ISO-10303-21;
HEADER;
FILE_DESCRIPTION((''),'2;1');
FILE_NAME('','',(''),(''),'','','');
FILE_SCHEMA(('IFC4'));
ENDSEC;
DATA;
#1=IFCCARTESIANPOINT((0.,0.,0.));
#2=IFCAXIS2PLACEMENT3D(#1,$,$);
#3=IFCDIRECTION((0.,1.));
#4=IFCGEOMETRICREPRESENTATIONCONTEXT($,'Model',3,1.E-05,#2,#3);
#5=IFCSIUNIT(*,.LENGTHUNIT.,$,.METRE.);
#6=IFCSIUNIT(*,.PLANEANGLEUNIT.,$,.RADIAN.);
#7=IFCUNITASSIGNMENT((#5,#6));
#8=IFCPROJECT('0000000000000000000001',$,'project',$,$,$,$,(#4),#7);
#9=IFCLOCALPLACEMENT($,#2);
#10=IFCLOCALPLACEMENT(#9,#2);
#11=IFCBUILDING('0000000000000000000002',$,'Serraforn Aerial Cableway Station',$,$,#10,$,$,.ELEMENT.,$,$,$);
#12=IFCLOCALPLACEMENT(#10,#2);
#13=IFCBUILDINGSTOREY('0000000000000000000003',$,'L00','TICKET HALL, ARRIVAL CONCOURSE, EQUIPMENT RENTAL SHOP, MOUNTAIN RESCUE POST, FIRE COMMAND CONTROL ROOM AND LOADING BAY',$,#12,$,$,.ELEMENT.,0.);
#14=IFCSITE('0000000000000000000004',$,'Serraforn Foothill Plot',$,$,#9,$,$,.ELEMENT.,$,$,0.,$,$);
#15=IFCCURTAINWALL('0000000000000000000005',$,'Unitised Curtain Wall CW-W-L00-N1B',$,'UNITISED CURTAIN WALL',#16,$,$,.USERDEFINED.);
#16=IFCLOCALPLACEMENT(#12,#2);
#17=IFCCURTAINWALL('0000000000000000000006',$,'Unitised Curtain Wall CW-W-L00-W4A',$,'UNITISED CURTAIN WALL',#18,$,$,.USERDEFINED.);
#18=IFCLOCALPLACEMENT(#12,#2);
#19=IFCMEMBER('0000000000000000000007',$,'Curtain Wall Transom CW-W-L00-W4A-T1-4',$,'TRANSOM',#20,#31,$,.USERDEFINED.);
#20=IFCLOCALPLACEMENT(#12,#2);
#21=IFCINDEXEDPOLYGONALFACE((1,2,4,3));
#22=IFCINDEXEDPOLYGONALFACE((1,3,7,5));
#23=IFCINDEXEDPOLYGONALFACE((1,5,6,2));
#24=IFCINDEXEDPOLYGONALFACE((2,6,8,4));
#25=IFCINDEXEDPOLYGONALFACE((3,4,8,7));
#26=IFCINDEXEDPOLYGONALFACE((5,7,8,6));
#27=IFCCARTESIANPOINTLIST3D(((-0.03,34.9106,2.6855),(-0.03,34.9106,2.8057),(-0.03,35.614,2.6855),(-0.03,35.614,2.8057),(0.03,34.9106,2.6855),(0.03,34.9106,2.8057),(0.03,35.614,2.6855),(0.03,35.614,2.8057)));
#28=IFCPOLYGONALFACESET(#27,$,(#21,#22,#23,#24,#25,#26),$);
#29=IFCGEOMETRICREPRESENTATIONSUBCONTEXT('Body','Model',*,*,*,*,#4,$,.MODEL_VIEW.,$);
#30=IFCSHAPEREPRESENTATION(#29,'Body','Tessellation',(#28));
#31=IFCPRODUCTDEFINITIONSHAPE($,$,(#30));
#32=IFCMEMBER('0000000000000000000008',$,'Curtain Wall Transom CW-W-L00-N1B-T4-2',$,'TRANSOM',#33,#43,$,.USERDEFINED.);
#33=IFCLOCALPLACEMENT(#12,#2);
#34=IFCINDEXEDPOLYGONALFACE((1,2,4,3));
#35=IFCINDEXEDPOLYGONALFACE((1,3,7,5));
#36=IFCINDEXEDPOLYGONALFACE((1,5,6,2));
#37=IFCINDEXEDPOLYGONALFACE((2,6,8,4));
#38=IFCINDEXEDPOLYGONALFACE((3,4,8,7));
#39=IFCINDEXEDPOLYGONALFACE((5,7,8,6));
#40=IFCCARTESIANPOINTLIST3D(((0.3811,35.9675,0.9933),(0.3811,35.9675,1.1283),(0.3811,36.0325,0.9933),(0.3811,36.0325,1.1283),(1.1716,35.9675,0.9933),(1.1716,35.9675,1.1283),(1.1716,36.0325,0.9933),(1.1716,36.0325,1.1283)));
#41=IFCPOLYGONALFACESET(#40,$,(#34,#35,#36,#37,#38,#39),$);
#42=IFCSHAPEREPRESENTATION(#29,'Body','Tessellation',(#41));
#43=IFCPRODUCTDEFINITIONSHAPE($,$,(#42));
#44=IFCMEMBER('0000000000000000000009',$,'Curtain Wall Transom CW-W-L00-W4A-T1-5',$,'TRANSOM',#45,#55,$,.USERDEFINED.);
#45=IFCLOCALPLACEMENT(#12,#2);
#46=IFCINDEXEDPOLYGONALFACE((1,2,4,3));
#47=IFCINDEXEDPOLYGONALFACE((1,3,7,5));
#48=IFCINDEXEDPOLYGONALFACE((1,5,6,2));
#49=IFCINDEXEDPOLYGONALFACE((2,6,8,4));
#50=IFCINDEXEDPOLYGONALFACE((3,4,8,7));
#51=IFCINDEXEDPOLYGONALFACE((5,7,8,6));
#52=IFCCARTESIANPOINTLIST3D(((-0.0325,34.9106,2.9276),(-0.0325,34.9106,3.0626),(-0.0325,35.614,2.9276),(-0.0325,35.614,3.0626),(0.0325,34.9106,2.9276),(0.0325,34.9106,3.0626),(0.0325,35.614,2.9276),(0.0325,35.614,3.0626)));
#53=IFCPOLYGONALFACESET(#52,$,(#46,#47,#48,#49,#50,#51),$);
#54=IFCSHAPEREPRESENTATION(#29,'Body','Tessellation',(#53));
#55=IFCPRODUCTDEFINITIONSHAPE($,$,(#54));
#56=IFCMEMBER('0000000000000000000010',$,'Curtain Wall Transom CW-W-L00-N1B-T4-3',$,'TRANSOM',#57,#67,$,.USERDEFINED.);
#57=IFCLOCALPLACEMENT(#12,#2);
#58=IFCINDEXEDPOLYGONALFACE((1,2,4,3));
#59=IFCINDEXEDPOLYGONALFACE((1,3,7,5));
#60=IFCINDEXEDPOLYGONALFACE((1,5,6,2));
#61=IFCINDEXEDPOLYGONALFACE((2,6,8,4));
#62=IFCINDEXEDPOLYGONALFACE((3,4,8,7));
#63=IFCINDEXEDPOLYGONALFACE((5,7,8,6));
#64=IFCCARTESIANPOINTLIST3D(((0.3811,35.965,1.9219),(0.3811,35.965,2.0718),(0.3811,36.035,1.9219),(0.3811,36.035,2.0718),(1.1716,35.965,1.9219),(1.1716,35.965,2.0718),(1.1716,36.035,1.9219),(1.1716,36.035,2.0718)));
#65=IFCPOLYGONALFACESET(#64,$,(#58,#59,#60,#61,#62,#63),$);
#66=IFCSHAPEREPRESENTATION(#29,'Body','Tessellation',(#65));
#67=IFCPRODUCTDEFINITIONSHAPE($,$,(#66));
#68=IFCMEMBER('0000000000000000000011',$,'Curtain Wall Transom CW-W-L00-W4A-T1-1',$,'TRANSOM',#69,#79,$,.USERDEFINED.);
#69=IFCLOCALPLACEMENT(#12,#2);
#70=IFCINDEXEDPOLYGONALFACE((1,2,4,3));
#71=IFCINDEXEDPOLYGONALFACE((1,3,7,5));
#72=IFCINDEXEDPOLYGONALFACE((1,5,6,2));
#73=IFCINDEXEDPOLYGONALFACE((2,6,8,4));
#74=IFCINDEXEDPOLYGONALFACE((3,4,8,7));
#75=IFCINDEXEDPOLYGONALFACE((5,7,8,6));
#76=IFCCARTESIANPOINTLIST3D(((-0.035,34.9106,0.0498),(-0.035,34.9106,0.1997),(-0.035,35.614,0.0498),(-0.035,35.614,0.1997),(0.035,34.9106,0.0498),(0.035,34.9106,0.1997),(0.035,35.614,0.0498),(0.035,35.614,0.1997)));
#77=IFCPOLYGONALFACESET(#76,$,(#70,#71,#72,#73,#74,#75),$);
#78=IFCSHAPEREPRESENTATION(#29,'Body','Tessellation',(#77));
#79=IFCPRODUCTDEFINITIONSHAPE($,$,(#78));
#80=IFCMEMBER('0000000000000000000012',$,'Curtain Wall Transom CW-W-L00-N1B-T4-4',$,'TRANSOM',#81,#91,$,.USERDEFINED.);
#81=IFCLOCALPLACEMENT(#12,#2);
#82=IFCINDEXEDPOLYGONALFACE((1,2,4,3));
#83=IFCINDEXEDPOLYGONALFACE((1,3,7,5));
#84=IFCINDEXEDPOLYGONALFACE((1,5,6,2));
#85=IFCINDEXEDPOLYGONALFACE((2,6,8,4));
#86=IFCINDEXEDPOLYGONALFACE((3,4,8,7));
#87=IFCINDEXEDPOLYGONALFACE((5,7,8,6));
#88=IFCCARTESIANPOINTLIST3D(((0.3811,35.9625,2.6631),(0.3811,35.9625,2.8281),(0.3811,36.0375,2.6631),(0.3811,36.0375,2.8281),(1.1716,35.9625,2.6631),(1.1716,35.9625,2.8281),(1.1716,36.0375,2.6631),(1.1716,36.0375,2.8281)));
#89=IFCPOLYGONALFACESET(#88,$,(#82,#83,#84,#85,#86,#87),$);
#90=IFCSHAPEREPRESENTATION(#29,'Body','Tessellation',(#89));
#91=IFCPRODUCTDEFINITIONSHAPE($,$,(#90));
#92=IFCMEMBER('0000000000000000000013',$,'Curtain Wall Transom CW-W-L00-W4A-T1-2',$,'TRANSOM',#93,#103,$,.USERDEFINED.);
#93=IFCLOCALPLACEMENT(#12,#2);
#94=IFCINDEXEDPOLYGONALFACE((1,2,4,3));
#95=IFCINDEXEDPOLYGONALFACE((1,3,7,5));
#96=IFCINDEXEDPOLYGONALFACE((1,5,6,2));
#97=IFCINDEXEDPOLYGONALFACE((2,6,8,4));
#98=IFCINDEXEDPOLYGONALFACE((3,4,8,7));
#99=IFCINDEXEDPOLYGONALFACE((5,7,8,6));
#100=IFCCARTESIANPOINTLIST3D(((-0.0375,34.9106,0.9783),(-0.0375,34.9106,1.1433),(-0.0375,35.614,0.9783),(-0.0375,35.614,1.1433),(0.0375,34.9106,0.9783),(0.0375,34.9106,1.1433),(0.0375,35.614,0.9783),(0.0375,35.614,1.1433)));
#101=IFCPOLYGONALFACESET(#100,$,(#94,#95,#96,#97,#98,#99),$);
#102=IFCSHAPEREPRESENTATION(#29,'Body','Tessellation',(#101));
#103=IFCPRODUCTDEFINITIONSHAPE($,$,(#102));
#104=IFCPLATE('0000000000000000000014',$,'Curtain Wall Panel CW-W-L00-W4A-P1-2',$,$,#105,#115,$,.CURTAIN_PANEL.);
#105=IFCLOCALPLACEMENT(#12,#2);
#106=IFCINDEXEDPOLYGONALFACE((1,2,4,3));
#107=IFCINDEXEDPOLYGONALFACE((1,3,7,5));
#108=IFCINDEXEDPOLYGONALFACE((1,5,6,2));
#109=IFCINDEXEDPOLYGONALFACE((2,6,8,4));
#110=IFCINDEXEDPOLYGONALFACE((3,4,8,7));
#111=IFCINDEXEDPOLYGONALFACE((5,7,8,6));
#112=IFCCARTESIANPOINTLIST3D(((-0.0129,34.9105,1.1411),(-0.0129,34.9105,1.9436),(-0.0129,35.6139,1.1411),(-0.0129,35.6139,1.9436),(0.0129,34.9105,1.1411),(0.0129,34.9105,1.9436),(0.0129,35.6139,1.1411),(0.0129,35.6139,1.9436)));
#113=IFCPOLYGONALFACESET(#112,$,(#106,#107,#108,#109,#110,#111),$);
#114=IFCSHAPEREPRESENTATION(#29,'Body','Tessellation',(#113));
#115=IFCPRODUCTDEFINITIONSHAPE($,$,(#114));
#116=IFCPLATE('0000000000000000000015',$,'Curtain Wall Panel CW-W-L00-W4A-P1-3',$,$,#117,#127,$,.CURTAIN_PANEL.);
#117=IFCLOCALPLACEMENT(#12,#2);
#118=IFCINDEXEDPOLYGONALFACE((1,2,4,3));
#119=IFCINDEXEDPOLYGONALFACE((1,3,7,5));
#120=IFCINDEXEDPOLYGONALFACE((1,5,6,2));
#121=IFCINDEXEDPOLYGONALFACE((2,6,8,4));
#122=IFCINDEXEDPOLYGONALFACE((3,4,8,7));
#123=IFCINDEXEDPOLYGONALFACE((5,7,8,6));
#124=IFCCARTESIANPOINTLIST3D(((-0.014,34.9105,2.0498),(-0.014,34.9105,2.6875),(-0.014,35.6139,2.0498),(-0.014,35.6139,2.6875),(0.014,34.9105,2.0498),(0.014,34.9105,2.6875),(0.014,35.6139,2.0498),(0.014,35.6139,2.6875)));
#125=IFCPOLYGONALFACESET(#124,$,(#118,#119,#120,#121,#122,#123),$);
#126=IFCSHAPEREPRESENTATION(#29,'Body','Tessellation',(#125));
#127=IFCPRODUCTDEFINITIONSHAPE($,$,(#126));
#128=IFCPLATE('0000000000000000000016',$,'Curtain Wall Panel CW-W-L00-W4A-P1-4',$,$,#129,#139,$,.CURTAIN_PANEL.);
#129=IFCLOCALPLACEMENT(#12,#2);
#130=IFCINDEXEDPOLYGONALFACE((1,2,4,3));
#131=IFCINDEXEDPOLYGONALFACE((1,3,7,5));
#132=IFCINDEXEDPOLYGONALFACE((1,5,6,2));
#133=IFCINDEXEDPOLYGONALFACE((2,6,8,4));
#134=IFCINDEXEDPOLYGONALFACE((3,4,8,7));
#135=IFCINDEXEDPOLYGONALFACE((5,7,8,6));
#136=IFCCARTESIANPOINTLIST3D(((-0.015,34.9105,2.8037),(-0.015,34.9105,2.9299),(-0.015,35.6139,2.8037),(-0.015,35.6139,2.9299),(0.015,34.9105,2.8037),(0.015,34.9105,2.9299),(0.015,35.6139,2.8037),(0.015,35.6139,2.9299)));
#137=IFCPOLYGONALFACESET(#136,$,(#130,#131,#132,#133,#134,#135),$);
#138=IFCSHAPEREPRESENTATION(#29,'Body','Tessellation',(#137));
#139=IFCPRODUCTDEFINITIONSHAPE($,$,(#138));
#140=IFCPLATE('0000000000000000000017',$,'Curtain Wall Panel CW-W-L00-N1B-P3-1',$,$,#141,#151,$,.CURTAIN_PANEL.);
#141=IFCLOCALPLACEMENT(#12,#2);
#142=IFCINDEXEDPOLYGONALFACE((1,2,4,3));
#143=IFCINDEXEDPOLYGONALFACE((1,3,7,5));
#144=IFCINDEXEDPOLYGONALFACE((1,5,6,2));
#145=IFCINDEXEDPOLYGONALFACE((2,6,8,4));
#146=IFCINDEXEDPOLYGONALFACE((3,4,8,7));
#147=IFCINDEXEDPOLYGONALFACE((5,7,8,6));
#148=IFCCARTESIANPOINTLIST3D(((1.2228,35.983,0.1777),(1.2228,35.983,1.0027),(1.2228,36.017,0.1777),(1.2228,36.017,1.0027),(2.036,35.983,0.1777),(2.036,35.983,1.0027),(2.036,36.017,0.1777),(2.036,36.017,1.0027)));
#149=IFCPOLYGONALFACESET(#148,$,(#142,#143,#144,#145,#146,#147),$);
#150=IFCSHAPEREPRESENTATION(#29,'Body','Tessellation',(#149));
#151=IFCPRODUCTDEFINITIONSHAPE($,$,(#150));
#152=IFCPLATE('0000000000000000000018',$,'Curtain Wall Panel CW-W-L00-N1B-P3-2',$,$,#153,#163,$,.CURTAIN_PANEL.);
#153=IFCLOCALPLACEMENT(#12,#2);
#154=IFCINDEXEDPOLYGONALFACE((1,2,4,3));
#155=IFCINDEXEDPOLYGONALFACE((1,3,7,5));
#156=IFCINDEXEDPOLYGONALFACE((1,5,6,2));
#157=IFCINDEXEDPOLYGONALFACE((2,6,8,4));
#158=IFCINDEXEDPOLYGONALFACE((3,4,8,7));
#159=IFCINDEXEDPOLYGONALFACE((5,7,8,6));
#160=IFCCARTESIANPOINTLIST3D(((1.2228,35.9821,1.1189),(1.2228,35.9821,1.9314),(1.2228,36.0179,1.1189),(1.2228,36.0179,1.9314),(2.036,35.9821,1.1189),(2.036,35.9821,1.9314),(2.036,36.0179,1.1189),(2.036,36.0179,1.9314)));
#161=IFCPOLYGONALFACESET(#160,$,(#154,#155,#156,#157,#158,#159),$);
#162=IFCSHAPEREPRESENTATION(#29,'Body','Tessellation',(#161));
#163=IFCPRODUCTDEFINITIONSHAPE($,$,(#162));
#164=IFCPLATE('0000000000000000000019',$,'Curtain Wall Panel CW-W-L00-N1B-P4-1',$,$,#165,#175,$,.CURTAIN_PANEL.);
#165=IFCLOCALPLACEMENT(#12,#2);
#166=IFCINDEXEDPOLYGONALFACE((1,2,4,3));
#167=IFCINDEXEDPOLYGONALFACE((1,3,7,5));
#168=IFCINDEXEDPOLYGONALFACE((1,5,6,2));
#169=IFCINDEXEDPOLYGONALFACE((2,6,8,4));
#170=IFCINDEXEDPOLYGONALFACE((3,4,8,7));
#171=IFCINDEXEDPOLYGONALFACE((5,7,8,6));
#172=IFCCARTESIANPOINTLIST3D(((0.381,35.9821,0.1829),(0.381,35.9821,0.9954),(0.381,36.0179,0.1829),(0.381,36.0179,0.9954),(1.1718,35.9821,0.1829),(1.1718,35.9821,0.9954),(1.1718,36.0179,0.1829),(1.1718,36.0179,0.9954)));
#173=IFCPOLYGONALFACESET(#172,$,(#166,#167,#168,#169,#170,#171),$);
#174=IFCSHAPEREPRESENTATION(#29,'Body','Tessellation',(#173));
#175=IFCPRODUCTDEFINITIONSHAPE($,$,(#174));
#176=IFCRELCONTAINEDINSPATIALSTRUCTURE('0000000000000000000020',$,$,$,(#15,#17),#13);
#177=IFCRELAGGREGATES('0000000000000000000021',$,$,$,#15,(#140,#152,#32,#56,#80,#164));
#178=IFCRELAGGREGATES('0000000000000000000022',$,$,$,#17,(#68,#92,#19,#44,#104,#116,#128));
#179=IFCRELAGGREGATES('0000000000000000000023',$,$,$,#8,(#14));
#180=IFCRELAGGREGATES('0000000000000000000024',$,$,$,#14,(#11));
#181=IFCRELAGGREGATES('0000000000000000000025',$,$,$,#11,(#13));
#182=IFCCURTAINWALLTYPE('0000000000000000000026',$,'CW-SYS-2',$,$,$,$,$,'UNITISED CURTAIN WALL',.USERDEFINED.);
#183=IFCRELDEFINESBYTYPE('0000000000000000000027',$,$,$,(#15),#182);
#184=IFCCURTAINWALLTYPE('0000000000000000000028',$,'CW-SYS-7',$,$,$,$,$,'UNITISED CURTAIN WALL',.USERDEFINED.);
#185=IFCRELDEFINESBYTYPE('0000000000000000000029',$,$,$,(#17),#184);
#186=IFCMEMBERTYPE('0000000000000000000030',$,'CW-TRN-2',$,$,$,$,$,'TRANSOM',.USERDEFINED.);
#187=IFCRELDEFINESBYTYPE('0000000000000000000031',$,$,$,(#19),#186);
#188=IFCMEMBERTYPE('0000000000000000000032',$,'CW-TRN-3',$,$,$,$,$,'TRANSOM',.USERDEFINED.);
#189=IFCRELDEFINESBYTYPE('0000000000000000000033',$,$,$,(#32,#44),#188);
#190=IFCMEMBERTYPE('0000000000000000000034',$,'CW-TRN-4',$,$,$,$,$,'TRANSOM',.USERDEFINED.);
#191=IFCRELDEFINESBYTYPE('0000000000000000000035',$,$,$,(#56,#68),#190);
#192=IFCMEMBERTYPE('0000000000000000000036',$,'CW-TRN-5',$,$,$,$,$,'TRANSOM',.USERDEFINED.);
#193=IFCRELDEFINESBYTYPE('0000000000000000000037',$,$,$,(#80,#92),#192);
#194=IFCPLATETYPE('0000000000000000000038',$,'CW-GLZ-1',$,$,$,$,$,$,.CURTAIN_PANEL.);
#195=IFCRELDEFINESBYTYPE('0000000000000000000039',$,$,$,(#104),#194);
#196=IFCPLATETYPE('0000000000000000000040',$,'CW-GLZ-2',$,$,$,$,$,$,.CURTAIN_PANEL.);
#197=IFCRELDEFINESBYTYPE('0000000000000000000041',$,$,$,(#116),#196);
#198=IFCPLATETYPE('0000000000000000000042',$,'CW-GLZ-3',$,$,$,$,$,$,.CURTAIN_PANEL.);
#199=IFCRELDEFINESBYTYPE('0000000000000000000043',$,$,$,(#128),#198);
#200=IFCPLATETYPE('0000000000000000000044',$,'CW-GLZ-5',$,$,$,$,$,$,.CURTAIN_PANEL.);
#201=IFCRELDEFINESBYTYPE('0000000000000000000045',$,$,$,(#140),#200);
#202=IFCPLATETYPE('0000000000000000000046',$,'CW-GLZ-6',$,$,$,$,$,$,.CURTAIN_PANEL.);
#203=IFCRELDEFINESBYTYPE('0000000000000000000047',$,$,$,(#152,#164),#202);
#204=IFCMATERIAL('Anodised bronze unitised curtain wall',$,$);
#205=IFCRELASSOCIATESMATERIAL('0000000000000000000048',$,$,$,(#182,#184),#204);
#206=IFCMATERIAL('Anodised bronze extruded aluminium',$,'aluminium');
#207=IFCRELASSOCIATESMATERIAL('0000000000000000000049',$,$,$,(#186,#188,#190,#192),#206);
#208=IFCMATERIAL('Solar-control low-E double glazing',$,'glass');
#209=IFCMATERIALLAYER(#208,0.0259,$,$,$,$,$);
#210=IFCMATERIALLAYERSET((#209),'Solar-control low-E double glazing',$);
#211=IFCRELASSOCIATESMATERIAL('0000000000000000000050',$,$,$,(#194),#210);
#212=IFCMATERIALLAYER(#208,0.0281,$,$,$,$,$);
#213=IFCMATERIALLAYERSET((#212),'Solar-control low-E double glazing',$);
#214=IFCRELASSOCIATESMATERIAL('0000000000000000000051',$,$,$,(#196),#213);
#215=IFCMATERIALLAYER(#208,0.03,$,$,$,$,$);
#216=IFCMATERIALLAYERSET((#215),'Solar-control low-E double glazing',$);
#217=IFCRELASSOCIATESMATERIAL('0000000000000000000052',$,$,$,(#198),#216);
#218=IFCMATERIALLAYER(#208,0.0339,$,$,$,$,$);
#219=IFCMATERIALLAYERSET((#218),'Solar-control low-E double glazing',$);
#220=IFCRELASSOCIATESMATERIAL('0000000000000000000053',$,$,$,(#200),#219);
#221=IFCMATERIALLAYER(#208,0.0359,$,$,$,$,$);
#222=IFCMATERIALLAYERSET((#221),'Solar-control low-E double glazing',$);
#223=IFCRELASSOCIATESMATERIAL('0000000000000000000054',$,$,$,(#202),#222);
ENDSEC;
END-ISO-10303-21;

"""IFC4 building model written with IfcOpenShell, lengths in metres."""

from ifc_helpers import new_model, si_unit, direction, frame, origin, origin_2d, place, context, subcontext, project, spatial, rectangle, extrude, material, layer, layer_set, material_profile, profile_set, type_object, element, aggregate, save


model = new_model("IFC4")

# Units and contexts
model_context = context("Model", 3, precision=1e-05, world=origin(), true_north=direction((0.0, 1.0)))
body_context = subcontext(model_context, "Body", "Model", "MODEL_VIEW")
ifc_project = project(units=[si_unit("LENGTHUNIT", "METRE"), si_unit("PLANEANGLEUNIT", "RADIAN")], contexts=[model_context])

# Site, building, storey
site_placement = place(None, origin())
site = spatial("IfcSite", under=ifc_project, at=site_placement, Name="Serraforn Foothill Plot", CompositionType="ELEMENT", RefElevation=0.0)
building_placement = place(site_placement, origin())
building = spatial("IfcBuilding", under=site, at=building_placement, Name="Serraforn Aerial Cableway Station", CompositionType="ELEMENT")
storey_placement = place(building_placement, origin())
storey = spatial("IfcBuildingStorey", under=building, at=storey_placement, Name="L00", Description="TICKET HALL, ARRIVAL CONCOURSE, EQUIPMENT RENTAL SHOP, MOUNTAIN RESCUE POST, FIRE COMMAND CONTROL ROOM AND LOADING BAY", CompositionType="ELEMENT", Elevation=0.0)

# Curtain wall
ifc_material_1 = material(Name="Anodised bronze unitised curtain wall")
curtain_wall_type_1 = type_object("IfcCurtainWallType", Name="CW-SYS-2", ElementType="UNITISED CURTAIN WALL", PredefinedType="USERDEFINED", material=ifc_material_1)
curtain_wall_1_placement = place(storey_placement, origin())
curtain_wall_1 = element("IfcCurtainWall", 1, at=curtain_wall_1_placement, inside=storey, type_object=curtain_wall_type_1, Name="Unitised Curtain Wall CW-W-L00-N1B", ObjectType="UNITISED CURTAIN WALL", PredefinedType="USERDEFINED")
ifc_material_2 = material(Name="Anodised bronze extruded aluminium", Category="aluminium")

# Curtain wall
curtain_wall_type_2 = type_object("IfcCurtainWallType", Name="CW-SYS-7", ElementType="UNITISED CURTAIN WALL", PredefinedType="USERDEFINED", material=ifc_material_1)
curtain_wall_2_placement = place(storey_placement, origin())
curtain_wall_2 = element("IfcCurtainWall", 2, at=curtain_wall_2_placement, inside=storey, type_object=curtain_wall_type_2, Name="Unitised Curtain Wall CW-W-L00-W4A", ObjectType="UNITISED CURTAIN WALL", PredefinedType="USERDEFINED")

# Members
ifc_material_profile_1 = material_profile(ifc_material_2, rectangle(XDim=0.0601, YDim=0.1201, at=origin_2d()), Name="CW TRANSOM 60x120")
ifc_profile_set_1 = profile_set([ifc_material_profile_1], Name="Anodised bronze extruded aluminium")
member_type_1 = type_object("IfcMemberType", Name="CW-TRN-2", ElementType="TRANSOM", PredefinedType="USERDEFINED", material=ifc_profile_set_1)
member_1_placement = place(storey_placement, frame((0.0, 35.614, 2.7456), z_axis=(0.0, -1.0, 0.0), x_axis=(1.0, 0.0, 0.0)))
member_1 = element("IfcMember", 3, at=member_1_placement, type_object=member_type_1, Name="Curtain Wall Transom CW-W-L00-W4A-T1-4", ObjectType="TRANSOM", PredefinedType="USERDEFINED", context=body_context, shape_type="SweptSolid", body=[
    extrude(rectangle(XDim=0.0601, YDim=0.1201, at=origin_2d()), origin(), (0.0, 0.0, 1.0), 0.7034),
])
ifc_material_profile_2 = material_profile(ifc_material_2, rectangle(XDim=0.0649, YDim=0.135, at=origin_2d()), Name="CW TRANSOM 65x135")
ifc_profile_set_2 = profile_set([ifc_material_profile_2], Name="Anodised bronze extruded aluminium")
member_type_2 = type_object("IfcMemberType", Name="CW-TRN-3", ElementType="TRANSOM", PredefinedType="USERDEFINED", material=ifc_profile_set_2)
member_2_placement = place(storey_placement, frame((1.1716, 36.0, 1.0608), z_axis=(-1.0, 0.0, 0.0), x_axis=(0.0, -1.0, 0.0)))
member_2 = element("IfcMember", 4, at=member_2_placement, type_object=member_type_2, Name="Curtain Wall Transom CW-W-L00-N1B-T4-2", ObjectType="TRANSOM", PredefinedType="USERDEFINED", context=body_context, shape_type="SweptSolid", body=[
    extrude(rectangle(XDim=0.0649, YDim=0.135, at=origin_2d()), origin(), (0.0, 0.0, 1.0), 0.7905),
])
member_3_placement = place(storey_placement, frame((0.0, 35.614, 2.9951), z_axis=(0.0, -1.0, 0.0), x_axis=(1.0, 0.0, 0.0)))
member_3 = element("IfcMember", 5, at=member_3_placement, type_object=member_type_2, Name="Curtain Wall Transom CW-W-L00-W4A-T1-5", ObjectType="TRANSOM", PredefinedType="USERDEFINED", context=body_context, shape_type="SweptSolid", body=[
    extrude(rectangle(XDim=0.0649, YDim=0.135, at=origin_2d()), origin(), (0.0, 0.0, 1.0), 0.7034),
])
ifc_material_profile_3 = material_profile(ifc_material_2, rectangle(XDim=0.0701, YDim=0.1499, at=origin_2d()), Name="CW TRANSOM 70x150")
ifc_profile_set_3 = profile_set([ifc_material_profile_3], Name="Anodised bronze extruded aluminium")
member_type_3 = type_object("IfcMemberType", Name="CW-TRN-4", ElementType="TRANSOM", PredefinedType="USERDEFINED", material=ifc_profile_set_3)
member_4_placement = place(storey_placement, frame((1.1716, 36.0, 1.9968), z_axis=(-1.0, 0.0, 0.0), x_axis=(0.0, -1.0, 0.0)))
member_4 = element("IfcMember", 6, at=member_4_placement, type_object=member_type_3, Name="Curtain Wall Transom CW-W-L00-N1B-T4-3", ObjectType="TRANSOM", PredefinedType="USERDEFINED", context=body_context, shape_type="SweptSolid", body=[
    extrude(rectangle(XDim=0.0701, YDim=0.1499, at=origin_2d()), origin(), (0.0, 0.0, 1.0), 0.7905),
])
member_5_placement = place(storey_placement, frame((0.0, 35.614, 0.1248), z_axis=(0.0, -1.0, 0.0), x_axis=(1.0, 0.0, 0.0)))
member_5 = element("IfcMember", 7, at=member_5_placement, type_object=member_type_3, Name="Curtain Wall Transom CW-W-L00-W4A-T1-1", ObjectType="TRANSOM", PredefinedType="USERDEFINED", context=body_context, shape_type="SweptSolid", body=[
    extrude(rectangle(XDim=0.0701, YDim=0.1499, at=origin_2d()), origin(), (0.0, 0.0, 1.0), 0.7034),
])
ifc_material_profile_4 = material_profile(ifc_material_2, rectangle(XDim=0.075, YDim=0.165, at=origin_2d()), Name="CW TRANSOM 75x165")
ifc_profile_set_4 = profile_set([ifc_material_profile_4], Name="Anodised bronze extruded aluminium")
member_type_4 = type_object("IfcMemberType", Name="CW-TRN-5", ElementType="TRANSOM", PredefinedType="USERDEFINED", material=ifc_profile_set_4)
member_6_placement = place(storey_placement, frame((1.1716, 36.0, 2.7456), z_axis=(-1.0, 0.0, 0.0), x_axis=(0.0, -1.0, 0.0)))
member_6 = element("IfcMember", 8, at=member_6_placement, type_object=member_type_4, Name="Curtain Wall Transom CW-W-L00-N1B-T4-4", ObjectType="TRANSOM", PredefinedType="USERDEFINED", context=body_context, shape_type="SweptSolid", body=[
    extrude(rectangle(XDim=0.075, YDim=0.165, at=origin_2d()), origin(), (0.0, 0.0, 1.0), 0.7905),
])
member_7_placement = place(storey_placement, frame((0.0, 35.614, 1.0608), z_axis=(0.0, -1.0, 0.0), x_axis=(1.0, 0.0, 0.0)))
member_7 = element("IfcMember", 9, at=member_7_placement, type_object=member_type_4, Name="Curtain Wall Transom CW-W-L00-W4A-T1-2", ObjectType="TRANSOM", PredefinedType="USERDEFINED", context=body_context, shape_type="SweptSolid", body=[
    extrude(rectangle(XDim=0.075, YDim=0.165, at=origin_2d()), origin(), (0.0, 0.0, 1.0), 0.7034),
])

# Plates
ifc_material_3 = material(Name="Solar-control low-E double glazing", Category="glass")
ifc_layer_1 = layer(ifc_material_3, 0.0259)
ifc_layer_set_1 = layer_set([ifc_layer_1], Name="Solar-control low-E double glazing")
plate_type_1 = type_object("IfcPlateType", Name="CW-GLZ-1", PredefinedType="CURTAIN_PANEL", material=ifc_layer_set_1)
plate_1_placement = place(storey_placement, frame((0.0, 35.2622, 1.1411), z_axis=(0.0, 0.0, 1.0), x_axis=(1.0, 0.0, 0.0)))
plate_1 = element("IfcPlate", 10, at=plate_1_placement, type_object=plate_type_1, Name="Curtain Wall Panel CW-W-L00-W4A-P1-2", PredefinedType="CURTAIN_PANEL", context=body_context, shape_type="SweptSolid", body=[
    extrude(rectangle(XDim=0.0259, YDim=0.7034, at=origin_2d()), origin(), (0.0, 0.0, 1.0), 0.8025),
])
ifc_layer_2 = layer(ifc_material_3, 0.0281)
ifc_layer_set_2 = layer_set([ifc_layer_2], Name="Solar-control low-E double glazing")
plate_type_2 = type_object("IfcPlateType", Name="CW-GLZ-2", PredefinedType="CURTAIN_PANEL", material=ifc_layer_set_2)
plate_2_placement = place(storey_placement, frame((0.0, 35.2622, 2.0498), z_axis=(0.0, 0.0, 1.0), x_axis=(1.0, 0.0, 0.0)))
plate_2 = element("IfcPlate", 11, at=plate_2_placement, type_object=plate_type_2, Name="Curtain Wall Panel CW-W-L00-W4A-P1-3", PredefinedType="CURTAIN_PANEL", context=body_context, shape_type="SweptSolid", body=[
    extrude(rectangle(XDim=0.0281, YDim=0.7034, at=origin_2d()), origin(), (0.0, 0.0, 1.0), 0.6377),
])
ifc_layer_3 = layer(ifc_material_3, 0.03)
ifc_layer_set_3 = layer_set([ifc_layer_3], Name="Solar-control low-E double glazing")
plate_type_3 = type_object("IfcPlateType", Name="CW-GLZ-3", PredefinedType="CURTAIN_PANEL", material=ifc_layer_set_3)
plate_3_placement = place(storey_placement, frame((0.0, 35.2622, 2.8037), z_axis=(0.0, 0.0, 1.0), x_axis=(1.0, 0.0, 0.0)))
plate_3 = element("IfcPlate", 12, at=plate_3_placement, type_object=plate_type_3, Name="Curtain Wall Panel CW-W-L00-W4A-P1-4", PredefinedType="CURTAIN_PANEL", context=body_context, shape_type="SweptSolid", body=[
    extrude(rectangle(XDim=0.03, YDim=0.7034, at=origin_2d()), origin(), (0.0, 0.0, 1.0), 0.1262),
])
ifc_layer_4 = layer(ifc_material_3, 0.0339)
ifc_layer_set_4 = layer_set([ifc_layer_4], Name="Solar-control low-E double glazing")
plate_type_4 = type_object("IfcPlateType", Name="CW-GLZ-5", PredefinedType="CURTAIN_PANEL", material=ifc_layer_set_4)
plate_4_placement = place(storey_placement, frame((1.6294, 36.0, 0.1777), z_axis=(0.0, 0.0, 1.0), x_axis=(1.0, 0.0, 0.0)))
plate_4 = element("IfcPlate", 13, at=plate_4_placement, type_object=plate_type_4, Name="Curtain Wall Panel CW-W-L00-N1B-P3-1", PredefinedType="CURTAIN_PANEL", context=body_context, shape_type="SweptSolid", body=[
    extrude(rectangle(XDim=0.8132, YDim=0.0339, at=origin_2d()), origin(), (0.0, 0.0, 1.0), 0.825),
])
ifc_layer_5 = layer(ifc_material_3, 0.0359)
ifc_layer_set_5 = layer_set([ifc_layer_5], Name="Solar-control low-E double glazing")
plate_type_5 = type_object("IfcPlateType", Name="CW-GLZ-6", PredefinedType="CURTAIN_PANEL", material=ifc_layer_set_5)
plate_5_placement = place(storey_placement, frame((1.6294, 36.0, 1.1189), z_axis=(0.0, 0.0, 1.0), x_axis=(1.0, 0.0, 0.0)))
plate_5 = element("IfcPlate", 14, at=plate_5_placement, type_object=plate_type_5, Name="Curtain Wall Panel CW-W-L00-N1B-P3-2", PredefinedType="CURTAIN_PANEL", context=body_context, shape_type="SweptSolid", body=[
    extrude(rectangle(XDim=0.8132, YDim=0.0359, at=origin_2d()), origin(), (0.0, 0.0, 1.0), 0.8125),
])
plate_6_placement = place(storey_placement, frame((0.7764, 36.0, 0.1829), z_axis=(0.0, 0.0, 1.0), x_axis=(1.0, 0.0, 0.0)))
plate_6 = element("IfcPlate", 15, at=plate_6_placement, type_object=plate_type_5, Name="Curtain Wall Panel CW-W-L00-N1B-P4-1", PredefinedType="CURTAIN_PANEL", context=body_context, shape_type="SweptSolid", body=[
    extrude(rectangle(XDim=0.7908, YDim=0.0359, at=origin_2d()), origin(), (0.0, 0.0, 1.0), 0.8125),
])
aggregate(curtain_wall_1, [plate_4, plate_5, member_2, member_4, member_6, plate_6])
aggregate(curtain_wall_2, [member_5, member_7, member_1, member_3, plate_1, plate_2, plate_3])

save(model, "model.ifc")
